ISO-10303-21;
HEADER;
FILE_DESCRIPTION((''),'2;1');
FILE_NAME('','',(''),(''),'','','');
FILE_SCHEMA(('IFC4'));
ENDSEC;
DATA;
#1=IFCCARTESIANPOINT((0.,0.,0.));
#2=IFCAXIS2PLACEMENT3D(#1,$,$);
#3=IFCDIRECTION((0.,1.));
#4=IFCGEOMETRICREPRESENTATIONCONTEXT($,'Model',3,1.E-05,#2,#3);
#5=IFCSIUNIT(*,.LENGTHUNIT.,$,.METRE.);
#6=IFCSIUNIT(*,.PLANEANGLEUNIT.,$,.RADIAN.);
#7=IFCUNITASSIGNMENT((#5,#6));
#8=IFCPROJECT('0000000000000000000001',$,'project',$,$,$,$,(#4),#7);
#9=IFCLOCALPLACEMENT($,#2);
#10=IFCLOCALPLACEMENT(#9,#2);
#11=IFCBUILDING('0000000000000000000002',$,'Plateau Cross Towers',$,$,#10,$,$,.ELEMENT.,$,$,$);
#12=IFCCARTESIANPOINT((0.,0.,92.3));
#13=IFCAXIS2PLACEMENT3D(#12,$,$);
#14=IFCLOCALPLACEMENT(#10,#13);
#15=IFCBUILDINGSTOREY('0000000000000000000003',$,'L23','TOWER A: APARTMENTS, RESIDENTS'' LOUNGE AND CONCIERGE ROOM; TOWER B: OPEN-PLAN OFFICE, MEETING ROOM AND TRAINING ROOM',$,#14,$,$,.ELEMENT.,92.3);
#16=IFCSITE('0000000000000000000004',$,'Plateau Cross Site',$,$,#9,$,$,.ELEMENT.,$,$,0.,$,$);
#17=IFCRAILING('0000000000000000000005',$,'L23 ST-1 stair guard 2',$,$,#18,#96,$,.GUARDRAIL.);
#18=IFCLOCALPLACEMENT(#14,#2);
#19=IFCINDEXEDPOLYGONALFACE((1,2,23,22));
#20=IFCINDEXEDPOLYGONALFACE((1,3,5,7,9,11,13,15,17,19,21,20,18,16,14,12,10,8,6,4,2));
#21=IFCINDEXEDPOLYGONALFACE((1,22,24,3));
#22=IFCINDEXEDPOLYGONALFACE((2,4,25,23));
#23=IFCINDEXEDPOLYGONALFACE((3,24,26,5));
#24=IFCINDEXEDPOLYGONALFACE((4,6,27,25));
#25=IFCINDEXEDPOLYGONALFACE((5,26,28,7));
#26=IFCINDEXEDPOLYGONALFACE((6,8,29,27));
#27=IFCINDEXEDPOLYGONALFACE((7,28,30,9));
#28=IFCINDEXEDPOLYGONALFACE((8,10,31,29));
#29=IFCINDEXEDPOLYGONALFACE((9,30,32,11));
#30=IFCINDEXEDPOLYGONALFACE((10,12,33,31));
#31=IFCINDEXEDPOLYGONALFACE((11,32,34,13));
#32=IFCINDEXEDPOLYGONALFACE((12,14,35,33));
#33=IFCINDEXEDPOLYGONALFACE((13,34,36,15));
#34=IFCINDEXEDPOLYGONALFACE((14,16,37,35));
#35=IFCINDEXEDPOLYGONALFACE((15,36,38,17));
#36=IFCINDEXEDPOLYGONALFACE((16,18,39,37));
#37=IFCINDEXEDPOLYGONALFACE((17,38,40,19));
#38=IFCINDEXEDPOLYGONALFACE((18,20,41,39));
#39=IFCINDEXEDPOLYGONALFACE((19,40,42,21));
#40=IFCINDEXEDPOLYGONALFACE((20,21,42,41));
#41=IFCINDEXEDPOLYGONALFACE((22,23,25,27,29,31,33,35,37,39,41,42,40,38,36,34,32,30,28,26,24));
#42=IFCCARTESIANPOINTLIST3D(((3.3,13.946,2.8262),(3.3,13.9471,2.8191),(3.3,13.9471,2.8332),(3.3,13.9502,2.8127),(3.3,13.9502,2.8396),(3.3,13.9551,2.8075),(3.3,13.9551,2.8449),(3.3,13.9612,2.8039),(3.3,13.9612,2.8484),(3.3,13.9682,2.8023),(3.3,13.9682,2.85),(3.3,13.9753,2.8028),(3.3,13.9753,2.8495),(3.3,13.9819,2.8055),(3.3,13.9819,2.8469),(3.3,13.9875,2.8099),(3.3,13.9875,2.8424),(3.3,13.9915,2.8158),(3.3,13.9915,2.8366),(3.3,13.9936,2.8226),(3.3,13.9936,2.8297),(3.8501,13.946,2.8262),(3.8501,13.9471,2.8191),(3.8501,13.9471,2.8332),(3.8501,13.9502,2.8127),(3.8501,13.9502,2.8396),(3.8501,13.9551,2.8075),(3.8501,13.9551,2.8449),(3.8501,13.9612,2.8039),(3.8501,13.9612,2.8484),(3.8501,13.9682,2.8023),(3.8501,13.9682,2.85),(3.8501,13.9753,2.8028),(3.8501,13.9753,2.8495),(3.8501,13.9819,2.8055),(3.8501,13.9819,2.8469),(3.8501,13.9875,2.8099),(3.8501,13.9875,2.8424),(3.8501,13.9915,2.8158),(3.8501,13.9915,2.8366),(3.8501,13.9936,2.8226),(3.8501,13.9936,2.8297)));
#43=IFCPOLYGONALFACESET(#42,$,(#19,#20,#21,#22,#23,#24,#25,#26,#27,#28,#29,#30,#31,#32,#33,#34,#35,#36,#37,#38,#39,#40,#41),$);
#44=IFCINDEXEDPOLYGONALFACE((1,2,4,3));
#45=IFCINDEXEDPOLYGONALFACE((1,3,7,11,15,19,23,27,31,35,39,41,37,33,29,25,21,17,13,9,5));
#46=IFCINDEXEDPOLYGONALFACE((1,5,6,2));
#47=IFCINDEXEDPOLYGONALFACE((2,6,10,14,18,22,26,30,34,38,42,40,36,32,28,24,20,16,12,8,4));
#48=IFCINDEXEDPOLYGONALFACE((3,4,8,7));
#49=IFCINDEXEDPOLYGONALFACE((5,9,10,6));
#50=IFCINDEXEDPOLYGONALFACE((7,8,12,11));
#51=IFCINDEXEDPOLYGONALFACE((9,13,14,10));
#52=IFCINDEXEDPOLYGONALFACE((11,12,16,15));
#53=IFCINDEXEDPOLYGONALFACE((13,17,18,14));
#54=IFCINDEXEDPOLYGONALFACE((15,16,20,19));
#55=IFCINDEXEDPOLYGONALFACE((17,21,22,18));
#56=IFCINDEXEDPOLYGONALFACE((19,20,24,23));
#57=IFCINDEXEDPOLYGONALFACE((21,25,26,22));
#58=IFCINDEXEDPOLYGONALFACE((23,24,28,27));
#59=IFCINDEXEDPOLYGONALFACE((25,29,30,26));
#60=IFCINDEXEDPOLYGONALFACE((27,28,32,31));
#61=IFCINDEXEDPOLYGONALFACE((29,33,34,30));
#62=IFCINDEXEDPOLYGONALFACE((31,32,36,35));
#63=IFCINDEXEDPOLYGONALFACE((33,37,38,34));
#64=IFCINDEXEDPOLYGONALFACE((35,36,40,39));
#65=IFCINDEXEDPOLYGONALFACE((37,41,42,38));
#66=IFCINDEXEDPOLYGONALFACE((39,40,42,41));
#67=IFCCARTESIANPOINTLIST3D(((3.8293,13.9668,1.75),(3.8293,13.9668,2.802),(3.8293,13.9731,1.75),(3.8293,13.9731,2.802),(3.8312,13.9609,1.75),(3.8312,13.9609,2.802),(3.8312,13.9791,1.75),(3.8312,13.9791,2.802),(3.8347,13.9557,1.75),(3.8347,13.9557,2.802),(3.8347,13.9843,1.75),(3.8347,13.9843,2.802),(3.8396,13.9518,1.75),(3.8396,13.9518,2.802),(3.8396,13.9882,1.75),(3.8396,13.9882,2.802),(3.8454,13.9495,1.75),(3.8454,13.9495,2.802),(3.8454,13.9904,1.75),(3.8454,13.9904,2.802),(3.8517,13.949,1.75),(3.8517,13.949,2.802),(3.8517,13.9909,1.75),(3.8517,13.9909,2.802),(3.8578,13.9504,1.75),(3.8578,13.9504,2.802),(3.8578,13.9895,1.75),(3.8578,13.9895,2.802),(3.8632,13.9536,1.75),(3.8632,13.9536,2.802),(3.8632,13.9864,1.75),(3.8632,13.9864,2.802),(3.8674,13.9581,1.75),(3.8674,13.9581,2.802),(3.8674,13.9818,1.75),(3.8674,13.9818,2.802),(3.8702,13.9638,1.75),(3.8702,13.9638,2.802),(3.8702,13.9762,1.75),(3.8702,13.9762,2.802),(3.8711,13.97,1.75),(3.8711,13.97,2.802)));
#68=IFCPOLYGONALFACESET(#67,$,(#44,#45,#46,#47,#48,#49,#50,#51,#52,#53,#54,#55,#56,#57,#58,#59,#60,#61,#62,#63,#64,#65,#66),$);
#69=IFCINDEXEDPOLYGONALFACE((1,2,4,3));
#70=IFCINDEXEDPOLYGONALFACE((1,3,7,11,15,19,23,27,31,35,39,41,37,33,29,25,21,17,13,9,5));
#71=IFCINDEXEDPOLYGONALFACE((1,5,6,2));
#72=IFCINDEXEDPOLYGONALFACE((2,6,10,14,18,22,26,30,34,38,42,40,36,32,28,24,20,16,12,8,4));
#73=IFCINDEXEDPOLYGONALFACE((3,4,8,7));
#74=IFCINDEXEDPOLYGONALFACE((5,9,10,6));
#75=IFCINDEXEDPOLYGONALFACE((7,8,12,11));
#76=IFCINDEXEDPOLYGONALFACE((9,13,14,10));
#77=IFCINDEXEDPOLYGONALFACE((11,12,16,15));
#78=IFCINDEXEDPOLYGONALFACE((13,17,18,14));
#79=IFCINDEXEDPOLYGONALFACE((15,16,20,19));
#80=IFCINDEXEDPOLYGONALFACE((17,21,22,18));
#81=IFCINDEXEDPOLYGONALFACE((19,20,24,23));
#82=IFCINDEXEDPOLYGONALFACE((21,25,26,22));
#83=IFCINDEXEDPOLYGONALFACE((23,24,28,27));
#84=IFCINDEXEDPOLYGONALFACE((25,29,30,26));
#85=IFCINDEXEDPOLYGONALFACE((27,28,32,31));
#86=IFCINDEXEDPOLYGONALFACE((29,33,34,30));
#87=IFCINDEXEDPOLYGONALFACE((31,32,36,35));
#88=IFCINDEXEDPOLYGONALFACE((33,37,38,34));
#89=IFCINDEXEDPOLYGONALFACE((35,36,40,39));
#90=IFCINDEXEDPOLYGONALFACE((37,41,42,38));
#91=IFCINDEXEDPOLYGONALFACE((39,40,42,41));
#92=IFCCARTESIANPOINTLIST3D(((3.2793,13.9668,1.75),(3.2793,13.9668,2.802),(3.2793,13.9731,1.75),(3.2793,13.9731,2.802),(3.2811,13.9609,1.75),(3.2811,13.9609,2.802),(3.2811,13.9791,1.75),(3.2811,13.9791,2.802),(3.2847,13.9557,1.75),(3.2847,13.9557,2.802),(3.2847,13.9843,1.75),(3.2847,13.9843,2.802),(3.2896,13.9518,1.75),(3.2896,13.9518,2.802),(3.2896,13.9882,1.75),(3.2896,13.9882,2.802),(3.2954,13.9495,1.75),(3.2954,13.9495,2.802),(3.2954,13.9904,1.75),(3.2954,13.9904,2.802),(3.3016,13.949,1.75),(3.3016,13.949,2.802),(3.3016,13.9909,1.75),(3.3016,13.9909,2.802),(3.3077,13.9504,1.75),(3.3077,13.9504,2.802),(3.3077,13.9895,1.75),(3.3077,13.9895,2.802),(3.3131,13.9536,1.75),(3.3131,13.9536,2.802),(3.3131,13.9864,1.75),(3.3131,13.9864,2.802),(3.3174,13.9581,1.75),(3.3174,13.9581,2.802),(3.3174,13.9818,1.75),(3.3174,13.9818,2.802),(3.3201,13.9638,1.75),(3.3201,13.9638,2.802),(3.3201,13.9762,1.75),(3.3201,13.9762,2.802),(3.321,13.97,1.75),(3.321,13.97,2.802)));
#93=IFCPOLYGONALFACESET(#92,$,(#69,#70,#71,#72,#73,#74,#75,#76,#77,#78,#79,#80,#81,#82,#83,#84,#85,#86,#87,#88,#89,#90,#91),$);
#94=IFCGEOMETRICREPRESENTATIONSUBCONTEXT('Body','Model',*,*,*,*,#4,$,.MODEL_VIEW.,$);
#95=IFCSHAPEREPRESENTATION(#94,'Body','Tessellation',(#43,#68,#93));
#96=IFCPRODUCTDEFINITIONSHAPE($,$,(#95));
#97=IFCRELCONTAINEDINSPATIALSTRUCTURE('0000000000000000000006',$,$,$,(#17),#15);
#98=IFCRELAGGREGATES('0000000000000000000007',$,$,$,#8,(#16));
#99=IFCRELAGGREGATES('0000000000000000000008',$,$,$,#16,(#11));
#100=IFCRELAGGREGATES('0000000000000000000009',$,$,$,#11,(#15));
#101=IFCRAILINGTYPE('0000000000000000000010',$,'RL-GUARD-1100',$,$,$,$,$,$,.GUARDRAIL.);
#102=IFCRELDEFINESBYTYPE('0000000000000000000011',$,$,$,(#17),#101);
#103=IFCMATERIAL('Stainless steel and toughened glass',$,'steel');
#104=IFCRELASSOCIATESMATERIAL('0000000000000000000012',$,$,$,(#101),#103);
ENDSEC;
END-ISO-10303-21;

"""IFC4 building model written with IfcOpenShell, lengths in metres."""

from ifc_helpers import new_model, si_unit, direction, frame, origin, origin_2d, place, context, subcontext, project, spatial, circle, extrude, material, type_object, element, save


model = new_model("IFC4")

# Units and contexts
model_context = context("Model", 3, precision=1e-05, world=origin(), true_north=direction((0.0, 1.0)))
body_context = subcontext(model_context, "Body", "Model", "MODEL_VIEW")
ifc_project = project(units=[si_unit("LENGTHUNIT", "METRE"), si_unit("PLANEANGLEUNIT", "RADIAN")], contexts=[model_context])

# Site, building, storey
site_placement = place(None, origin())
site = spatial("IfcSite", under=ifc_project, at=site_placement, Name="Plateau Cross Site", CompositionType="ELEMENT", RefElevation=0.0)
building_placement = place(site_placement, origin())
building = spatial("IfcBuilding", under=site, at=building_placement, Name="Plateau Cross Towers", CompositionType="ELEMENT")
storey_placement = place(building_placement, frame((0.0, 0.0, 92.3)))
storey = spatial("IfcBuildingStorey", under=building, at=storey_placement, Name="L23", Description="TOWER A: APARTMENTS, RESIDENTS' LOUNGE AND CONCIERGE ROOM; TOWER B: OPEN-PLAN OFFICE, MEETING ROOM AND TRAINING ROOM", CompositionType="ELEMENT", Elevation=92.3)

# Railing
ifc_material_1 = material(Name="Stainless steel and toughened glass", Category="steel")
railing_type_1 = type_object("IfcRailingType", Name="RL-GUARD-1100", PredefinedType="GUARDRAIL", material=ifc_material_1)
railing_1_placement = place(storey_placement, frame((3.8501, 13.97, 1.75)))
element("IfcRailing", 1, at=railing_1_placement, inside=storey, type_object=railing_type_1, Name="L23 ST-1 stair guard 2", PredefinedType="GUARDRAIL", context=body_context, shape_type="SweptSolid", body=[
    extrude(circle(Radius=0.0239, at=origin_2d()), frame((0.0, 0.0, 1.0762), z_axis=(-1.0, 0.0, 0.0), x_axis=(0.0, -1.0, 0.0)), (0.0, 0.0, 1.0), 0.55),
    extrude(circle(Radius=0.021, at=origin_2d()), origin(), (0.0, 0.0, 1.0), 1.052),
    extrude(circle(Radius=0.021, at=origin_2d()), frame((-0.55, 0.0, 0.0)), (0.0, 0.0, 1.0), 1.052),
])

save(model, "model.ifc")
